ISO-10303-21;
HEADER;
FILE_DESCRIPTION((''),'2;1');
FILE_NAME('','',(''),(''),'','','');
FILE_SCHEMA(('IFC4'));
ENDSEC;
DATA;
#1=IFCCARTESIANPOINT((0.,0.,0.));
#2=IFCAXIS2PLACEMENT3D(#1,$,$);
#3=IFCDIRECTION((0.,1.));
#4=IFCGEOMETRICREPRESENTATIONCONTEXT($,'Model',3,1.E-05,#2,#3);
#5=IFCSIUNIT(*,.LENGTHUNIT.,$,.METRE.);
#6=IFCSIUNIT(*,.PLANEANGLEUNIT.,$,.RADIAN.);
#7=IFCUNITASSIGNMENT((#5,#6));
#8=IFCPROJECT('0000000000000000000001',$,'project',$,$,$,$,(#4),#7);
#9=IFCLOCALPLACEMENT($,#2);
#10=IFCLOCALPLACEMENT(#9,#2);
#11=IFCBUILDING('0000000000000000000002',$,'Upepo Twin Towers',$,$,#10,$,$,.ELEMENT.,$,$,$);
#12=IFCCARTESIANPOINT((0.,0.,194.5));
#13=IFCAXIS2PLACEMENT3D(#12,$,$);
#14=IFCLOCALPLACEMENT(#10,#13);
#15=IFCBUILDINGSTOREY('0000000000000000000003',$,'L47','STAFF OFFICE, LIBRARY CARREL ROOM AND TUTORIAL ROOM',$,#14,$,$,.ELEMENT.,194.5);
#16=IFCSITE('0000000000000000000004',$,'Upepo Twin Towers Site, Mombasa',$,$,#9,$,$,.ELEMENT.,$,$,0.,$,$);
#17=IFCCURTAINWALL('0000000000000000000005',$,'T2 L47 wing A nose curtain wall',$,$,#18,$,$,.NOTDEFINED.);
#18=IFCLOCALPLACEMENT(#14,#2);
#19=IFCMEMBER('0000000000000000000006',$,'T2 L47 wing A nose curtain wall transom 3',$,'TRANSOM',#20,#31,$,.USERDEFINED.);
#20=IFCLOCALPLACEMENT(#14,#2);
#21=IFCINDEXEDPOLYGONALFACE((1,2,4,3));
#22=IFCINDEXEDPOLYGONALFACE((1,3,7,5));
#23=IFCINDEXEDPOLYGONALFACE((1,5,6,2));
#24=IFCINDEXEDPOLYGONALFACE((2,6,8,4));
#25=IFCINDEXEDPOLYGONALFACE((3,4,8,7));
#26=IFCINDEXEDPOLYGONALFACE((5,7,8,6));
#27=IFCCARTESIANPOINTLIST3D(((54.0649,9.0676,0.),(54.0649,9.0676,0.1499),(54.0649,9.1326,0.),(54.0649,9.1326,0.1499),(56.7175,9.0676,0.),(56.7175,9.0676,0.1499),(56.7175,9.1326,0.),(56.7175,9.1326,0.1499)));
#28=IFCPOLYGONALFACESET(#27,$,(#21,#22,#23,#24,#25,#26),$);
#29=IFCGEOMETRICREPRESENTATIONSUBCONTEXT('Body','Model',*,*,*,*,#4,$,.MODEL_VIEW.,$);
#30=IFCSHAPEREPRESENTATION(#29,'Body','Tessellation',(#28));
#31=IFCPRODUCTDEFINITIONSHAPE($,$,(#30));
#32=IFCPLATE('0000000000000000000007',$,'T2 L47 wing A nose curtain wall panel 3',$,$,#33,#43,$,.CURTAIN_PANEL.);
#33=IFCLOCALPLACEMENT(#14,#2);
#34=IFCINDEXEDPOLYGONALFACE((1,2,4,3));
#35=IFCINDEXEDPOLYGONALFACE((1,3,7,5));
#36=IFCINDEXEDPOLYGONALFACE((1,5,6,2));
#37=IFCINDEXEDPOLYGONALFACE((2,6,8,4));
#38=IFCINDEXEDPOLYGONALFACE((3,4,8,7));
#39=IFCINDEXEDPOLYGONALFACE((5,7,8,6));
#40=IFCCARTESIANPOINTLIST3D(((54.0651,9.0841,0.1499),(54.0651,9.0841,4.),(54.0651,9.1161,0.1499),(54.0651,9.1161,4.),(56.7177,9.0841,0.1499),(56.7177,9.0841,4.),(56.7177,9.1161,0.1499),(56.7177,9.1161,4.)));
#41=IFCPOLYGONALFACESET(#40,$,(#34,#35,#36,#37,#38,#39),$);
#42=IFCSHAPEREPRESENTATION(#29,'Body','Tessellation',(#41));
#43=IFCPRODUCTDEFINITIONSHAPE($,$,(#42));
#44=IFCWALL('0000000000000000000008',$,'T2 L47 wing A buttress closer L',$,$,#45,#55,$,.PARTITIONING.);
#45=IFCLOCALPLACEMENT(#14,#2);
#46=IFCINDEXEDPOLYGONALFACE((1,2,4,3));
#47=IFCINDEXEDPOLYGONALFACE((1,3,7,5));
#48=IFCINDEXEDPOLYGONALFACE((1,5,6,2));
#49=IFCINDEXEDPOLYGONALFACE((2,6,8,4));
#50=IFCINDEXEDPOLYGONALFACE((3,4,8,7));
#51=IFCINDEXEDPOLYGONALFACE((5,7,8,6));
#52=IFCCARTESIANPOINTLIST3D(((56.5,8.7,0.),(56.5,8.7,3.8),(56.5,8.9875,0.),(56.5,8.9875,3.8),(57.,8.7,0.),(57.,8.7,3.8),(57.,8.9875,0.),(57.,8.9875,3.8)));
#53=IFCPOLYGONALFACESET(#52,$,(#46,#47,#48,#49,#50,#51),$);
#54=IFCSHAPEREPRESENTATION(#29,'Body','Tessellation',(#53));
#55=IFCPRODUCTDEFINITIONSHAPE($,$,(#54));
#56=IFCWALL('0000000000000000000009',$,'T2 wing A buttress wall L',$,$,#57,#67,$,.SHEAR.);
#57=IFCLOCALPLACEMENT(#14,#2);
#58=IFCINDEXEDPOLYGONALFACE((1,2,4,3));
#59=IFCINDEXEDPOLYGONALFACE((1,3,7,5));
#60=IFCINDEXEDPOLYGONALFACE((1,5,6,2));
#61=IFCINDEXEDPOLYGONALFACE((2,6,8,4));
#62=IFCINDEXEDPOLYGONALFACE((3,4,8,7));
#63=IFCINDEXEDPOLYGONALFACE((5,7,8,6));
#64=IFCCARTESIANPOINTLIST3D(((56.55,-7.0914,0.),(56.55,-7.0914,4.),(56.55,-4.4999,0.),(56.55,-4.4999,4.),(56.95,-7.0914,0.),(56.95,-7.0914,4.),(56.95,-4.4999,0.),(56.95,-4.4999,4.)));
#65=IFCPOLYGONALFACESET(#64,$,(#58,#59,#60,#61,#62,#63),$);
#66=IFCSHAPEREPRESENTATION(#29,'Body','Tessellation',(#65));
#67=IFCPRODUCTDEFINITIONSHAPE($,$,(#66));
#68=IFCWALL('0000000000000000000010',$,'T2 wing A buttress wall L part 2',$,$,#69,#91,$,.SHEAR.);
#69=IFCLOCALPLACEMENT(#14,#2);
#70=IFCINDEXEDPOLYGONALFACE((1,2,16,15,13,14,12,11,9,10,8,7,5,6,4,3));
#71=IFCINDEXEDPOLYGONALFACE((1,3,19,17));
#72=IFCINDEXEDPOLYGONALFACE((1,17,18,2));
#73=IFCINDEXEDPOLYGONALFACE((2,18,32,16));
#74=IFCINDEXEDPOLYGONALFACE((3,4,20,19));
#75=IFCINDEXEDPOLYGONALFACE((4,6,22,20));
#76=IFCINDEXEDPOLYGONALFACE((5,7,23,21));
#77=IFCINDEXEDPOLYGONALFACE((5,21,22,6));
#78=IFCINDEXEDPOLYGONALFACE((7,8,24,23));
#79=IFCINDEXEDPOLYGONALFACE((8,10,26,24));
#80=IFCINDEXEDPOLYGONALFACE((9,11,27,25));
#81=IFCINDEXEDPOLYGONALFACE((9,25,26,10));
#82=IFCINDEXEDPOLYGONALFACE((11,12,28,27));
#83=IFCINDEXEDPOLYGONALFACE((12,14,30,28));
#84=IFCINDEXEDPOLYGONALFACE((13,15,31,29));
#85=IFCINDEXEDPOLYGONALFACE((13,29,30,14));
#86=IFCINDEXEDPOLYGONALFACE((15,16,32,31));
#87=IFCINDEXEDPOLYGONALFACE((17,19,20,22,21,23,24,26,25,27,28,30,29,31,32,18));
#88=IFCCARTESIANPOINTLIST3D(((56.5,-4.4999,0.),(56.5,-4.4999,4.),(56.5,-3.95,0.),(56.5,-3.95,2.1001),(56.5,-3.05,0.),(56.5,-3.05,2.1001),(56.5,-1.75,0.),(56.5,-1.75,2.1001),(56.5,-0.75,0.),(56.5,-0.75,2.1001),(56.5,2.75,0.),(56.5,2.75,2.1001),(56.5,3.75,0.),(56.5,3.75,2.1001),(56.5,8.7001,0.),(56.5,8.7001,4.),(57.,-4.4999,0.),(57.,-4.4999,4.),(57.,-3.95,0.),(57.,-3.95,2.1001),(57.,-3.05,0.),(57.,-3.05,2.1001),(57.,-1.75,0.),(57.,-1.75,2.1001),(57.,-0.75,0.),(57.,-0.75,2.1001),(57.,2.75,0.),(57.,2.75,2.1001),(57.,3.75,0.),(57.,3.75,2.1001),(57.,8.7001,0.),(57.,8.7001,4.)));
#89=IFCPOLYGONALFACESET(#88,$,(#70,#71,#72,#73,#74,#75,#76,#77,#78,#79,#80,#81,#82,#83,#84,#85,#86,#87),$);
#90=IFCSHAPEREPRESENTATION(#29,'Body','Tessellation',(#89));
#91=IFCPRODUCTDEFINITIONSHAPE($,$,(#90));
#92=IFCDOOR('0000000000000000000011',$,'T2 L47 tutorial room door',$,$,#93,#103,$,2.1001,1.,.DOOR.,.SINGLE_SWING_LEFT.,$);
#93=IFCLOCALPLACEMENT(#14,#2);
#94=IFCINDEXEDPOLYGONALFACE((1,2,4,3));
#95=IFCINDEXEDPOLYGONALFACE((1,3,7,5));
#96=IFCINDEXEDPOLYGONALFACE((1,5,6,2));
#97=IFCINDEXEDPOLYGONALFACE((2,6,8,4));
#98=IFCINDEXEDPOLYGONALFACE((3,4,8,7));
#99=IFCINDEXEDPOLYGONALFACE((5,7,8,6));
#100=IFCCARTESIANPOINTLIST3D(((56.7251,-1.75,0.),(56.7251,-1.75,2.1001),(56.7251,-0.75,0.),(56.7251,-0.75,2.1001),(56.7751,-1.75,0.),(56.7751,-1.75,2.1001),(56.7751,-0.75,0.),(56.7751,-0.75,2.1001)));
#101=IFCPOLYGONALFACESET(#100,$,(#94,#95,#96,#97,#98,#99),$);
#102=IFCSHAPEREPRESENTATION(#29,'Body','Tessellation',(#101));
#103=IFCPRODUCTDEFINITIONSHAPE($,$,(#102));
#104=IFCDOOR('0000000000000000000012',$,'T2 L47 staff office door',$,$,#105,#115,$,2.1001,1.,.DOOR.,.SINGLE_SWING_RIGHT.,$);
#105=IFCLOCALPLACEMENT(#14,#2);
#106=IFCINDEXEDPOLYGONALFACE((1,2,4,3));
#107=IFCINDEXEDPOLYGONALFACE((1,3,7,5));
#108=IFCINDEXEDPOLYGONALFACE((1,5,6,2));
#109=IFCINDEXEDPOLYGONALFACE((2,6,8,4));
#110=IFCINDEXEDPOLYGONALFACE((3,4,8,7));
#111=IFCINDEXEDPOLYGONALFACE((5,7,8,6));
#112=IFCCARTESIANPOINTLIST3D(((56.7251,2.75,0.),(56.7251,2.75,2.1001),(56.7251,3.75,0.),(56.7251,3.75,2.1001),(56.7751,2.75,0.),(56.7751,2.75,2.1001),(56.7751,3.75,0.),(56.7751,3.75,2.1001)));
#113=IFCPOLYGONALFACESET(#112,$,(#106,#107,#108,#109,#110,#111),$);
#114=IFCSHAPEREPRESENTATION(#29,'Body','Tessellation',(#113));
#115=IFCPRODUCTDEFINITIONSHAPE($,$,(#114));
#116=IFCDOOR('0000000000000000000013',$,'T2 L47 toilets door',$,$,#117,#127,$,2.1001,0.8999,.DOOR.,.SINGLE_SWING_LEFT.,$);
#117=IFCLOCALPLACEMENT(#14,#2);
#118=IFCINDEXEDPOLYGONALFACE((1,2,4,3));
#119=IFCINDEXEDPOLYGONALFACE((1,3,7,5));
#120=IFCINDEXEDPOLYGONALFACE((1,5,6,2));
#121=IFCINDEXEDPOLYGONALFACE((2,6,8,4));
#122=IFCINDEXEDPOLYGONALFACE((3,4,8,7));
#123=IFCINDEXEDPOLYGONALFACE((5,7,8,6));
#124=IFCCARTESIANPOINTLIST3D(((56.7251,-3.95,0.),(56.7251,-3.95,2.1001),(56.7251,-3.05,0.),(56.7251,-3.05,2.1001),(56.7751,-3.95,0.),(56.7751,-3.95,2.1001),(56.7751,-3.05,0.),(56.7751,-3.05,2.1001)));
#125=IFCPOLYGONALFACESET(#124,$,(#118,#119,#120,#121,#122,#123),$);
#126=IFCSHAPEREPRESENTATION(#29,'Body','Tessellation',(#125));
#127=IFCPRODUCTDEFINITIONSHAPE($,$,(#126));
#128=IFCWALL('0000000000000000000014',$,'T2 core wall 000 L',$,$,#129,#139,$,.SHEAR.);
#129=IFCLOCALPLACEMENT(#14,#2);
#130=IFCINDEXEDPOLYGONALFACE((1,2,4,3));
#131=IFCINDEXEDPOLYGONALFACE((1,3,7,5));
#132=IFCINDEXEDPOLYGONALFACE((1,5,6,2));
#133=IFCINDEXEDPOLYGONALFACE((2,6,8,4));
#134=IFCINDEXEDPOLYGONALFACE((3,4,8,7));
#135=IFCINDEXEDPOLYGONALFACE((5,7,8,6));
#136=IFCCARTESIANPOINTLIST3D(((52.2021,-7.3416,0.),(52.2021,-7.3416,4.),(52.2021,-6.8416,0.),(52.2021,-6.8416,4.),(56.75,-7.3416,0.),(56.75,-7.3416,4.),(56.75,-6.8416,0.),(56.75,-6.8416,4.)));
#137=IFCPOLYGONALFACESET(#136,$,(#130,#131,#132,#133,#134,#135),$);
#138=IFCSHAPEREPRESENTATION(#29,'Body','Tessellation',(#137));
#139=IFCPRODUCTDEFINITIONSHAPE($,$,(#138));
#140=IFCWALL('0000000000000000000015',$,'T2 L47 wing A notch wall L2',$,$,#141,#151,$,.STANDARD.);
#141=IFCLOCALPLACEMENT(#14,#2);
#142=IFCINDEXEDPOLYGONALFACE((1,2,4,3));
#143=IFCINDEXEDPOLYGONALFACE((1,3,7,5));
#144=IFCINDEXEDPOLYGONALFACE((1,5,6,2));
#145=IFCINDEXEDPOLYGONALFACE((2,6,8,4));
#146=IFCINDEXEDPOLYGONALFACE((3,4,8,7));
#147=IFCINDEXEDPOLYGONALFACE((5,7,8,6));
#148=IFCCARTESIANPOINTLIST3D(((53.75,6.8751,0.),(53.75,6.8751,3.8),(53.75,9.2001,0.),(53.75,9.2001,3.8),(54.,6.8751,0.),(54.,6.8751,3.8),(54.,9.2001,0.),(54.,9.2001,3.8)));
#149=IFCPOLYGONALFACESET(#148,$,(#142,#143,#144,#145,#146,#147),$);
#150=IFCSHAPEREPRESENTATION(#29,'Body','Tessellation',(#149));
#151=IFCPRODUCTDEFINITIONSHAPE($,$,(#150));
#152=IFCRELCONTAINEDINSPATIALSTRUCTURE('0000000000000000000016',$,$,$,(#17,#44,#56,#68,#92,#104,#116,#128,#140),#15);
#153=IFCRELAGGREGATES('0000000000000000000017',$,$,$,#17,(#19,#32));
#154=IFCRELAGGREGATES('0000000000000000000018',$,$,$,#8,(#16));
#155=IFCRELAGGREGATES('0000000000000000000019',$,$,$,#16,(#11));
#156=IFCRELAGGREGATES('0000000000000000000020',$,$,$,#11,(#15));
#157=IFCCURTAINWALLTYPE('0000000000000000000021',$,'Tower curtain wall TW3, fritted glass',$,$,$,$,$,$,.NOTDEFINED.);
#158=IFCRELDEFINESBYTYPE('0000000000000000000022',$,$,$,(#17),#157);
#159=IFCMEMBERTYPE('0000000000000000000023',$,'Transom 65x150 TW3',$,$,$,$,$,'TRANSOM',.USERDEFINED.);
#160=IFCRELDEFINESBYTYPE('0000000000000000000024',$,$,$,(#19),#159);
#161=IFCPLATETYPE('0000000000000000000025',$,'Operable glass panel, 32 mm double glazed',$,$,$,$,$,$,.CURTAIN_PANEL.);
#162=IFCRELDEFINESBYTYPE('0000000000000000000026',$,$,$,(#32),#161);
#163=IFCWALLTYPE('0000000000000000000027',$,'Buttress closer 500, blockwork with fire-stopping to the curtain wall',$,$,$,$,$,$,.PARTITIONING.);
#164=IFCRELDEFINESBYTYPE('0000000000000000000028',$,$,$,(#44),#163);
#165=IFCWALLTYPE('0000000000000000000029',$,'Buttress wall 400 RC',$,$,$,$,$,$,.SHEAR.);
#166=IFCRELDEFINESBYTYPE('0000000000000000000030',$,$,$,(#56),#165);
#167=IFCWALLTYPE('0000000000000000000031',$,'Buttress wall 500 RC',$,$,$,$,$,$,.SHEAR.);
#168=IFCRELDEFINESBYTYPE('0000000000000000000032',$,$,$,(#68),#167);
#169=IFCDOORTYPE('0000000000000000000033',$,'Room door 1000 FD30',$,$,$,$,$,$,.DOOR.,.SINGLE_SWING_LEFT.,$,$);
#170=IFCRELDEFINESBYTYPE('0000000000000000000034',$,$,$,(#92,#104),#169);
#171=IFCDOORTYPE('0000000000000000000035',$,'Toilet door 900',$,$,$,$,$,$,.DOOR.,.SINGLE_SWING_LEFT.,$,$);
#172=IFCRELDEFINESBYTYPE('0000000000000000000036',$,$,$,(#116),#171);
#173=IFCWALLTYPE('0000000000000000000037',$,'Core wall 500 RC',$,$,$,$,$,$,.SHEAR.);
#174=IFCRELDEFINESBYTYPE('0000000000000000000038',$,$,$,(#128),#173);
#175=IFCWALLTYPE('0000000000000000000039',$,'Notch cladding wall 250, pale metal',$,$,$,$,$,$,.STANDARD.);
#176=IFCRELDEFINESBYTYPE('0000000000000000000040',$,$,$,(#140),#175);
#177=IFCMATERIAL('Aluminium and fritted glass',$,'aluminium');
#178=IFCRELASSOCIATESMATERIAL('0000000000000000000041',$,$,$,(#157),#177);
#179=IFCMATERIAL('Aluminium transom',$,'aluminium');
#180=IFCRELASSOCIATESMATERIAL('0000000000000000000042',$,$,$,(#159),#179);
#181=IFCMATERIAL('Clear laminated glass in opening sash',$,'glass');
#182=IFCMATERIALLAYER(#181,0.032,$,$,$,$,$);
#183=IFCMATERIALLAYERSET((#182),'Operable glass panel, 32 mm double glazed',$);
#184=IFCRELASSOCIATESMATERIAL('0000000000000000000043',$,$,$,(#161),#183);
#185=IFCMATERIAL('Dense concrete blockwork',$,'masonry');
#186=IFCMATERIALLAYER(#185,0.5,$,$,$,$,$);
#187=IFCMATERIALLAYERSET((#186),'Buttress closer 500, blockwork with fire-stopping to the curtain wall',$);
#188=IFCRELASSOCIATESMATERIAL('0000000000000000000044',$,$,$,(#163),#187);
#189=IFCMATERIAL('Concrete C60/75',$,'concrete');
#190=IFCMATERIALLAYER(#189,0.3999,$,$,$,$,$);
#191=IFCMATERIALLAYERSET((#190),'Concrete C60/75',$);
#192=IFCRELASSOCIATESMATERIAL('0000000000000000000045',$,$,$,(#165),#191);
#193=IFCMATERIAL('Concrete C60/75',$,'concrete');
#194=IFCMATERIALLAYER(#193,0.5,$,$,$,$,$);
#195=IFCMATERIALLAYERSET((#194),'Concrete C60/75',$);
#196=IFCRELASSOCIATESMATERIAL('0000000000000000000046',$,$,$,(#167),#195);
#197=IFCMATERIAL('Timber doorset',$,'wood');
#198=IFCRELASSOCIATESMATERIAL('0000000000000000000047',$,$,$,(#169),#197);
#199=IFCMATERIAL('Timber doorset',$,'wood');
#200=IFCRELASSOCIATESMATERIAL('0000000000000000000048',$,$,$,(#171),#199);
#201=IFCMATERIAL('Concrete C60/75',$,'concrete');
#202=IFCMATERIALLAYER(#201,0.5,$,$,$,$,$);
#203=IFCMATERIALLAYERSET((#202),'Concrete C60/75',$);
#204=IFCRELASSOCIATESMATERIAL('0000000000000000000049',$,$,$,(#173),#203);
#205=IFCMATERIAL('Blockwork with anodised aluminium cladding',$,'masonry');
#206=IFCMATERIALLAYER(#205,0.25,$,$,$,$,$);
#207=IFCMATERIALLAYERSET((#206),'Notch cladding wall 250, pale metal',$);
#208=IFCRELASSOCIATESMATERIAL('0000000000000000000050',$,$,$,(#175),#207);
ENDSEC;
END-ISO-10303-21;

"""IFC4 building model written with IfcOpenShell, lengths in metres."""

from ifc_helpers import new_model, si_unit, direction, frame, frame_2d, origin, origin_2d, place, context, subcontext, project, spatial, rectangle, extrude, material, layer, layer_set, material_profile, profile_set, type_object, element, fill, aggregate, save


model = new_model("IFC4")

# Units and contexts
model_context = context("Model", 3, precision=1e-05, world=origin(), true_north=direction((0.0, 1.0)))
body_context = subcontext(model_context, "Body", "Model", "MODEL_VIEW")
ifc_project = project(units=[si_unit("LENGTHUNIT", "METRE"), si_unit("PLANEANGLEUNIT", "RADIAN")], contexts=[model_context])

# Site, building, storey
site_placement = place(None, origin())
site = spatial("IfcSite", under=ifc_project, at=site_placement, Name="Upepo Twin Towers Site, Mombasa", CompositionType="ELEMENT", RefElevation=0.0)
building_placement = place(site_placement, origin())
building = spatial("IfcBuilding", under=site, at=building_placement, Name="Upepo Twin Towers", CompositionType="ELEMENT")
storey_placement = place(building_placement, frame((0.0, 0.0, 194.5)))
storey = spatial("IfcBuildingStorey", under=building, at=storey_placement, Name="L47", Description="STAFF OFFICE, LIBRARY CARREL ROOM AND TUTORIAL ROOM", CompositionType="ELEMENT", Elevation=194.5)

# Curtain wall, member, plate
ifc_material_1 = material(Name="Aluminium and fritted glass", Category="aluminium")
curtain_wall_type = type_object("IfcCurtainWallType", Name="Tower curtain wall TW3, fritted glass", PredefinedType="NOTDEFINED", material=ifc_material_1)
curtain_wall_placement = place(storey_placement, origin())
curtain_wall = element("IfcCurtainWall", 1, at=curtain_wall_placement, inside=storey, type_object=curtain_wall_type, Name="T2 L47 wing A nose curtain wall", PredefinedType="NOTDEFINED")
ifc_material_2 = material(Name="Aluminium transom", Category="aluminium")
ifc_material_profile_1 = material_profile(ifc_material_2, rectangle(XDim=0.0649, YDim=0.1499, at=origin_2d()), Name="TRANSOM 65x150")
ifc_profile_set_1 = profile_set([ifc_material_profile_1], Name="Aluminium transom")
member_type_1 = type_object("IfcMemberType", Name="Transom 65x150 TW3", ElementType="TRANSOM", PredefinedType="USERDEFINED", material=ifc_profile_set_1)
member_1_placement = place(storey_placement, frame((56.7175, 9.1001, 0.075), z_axis=(-1.0, 0.0, 0.0), x_axis=(0.0, -1.0, 0.0)))
member_1 = element("IfcMember", 2, at=member_1_placement, type_object=member_type_1, Name="T2 L47 wing A nose curtain wall transom 3", ObjectType="TRANSOM", PredefinedType="USERDEFINED", context=body_context, shape_type="SweptSolid", body=[
    extrude(rectangle(XDim=0.0649, YDim=0.1499, at=origin_2d()), origin(), (0.0, 0.0, 1.0), 2.6526),
])
ifc_material_3 = material(Name="Clear laminated glass in opening sash", Category="glass")
ifc_layer_1 = layer(ifc_material_3, 0.032)
ifc_layer_set_1 = layer_set([ifc_layer_1], Name="Operable glass panel, 32 mm double glazed")
plate_type = type_object("IfcPlateType", Name="Operable glass panel, 32 mm double glazed", PredefinedType="CURTAIN_PANEL", material=ifc_layer_set_1)
plate_placement = place(storey_placement, frame((55.3914, 9.1001, 0.1499), z_axis=(0.0, 0.0, 1.0), x_axis=(-1.0, 0.0, 0.0)))
plate = element("IfcPlate", 3, at=plate_placement, type_object=plate_type, Name="T2 L47 wing A nose curtain wall panel 3", PredefinedType="CURTAIN_PANEL", context=body_context, shape_type="SweptSolid", body=[
    extrude(rectangle(XDim=2.6526, YDim=0.032, at=origin_2d()), origin(), (0.0, 0.0, 1.0), 3.8501),
])
aggregate(curtain_wall, [member_1, plate])

# Walls
ifc_material_4 = material(Name="Dense concrete blockwork", Category="masonry")
ifc_layer_2 = layer(ifc_material_4, 0.5)
ifc_layer_set_2 = layer_set([ifc_layer_2], Name="Buttress closer 500, blockwork with fire-stopping to the curtain wall")
wall_type_1 = type_object("IfcWallType", Name="Buttress closer 500, blockwork with fire-stopping to the curtain wall", PredefinedType="PARTITIONING", material=ifc_layer_set_2)
wall_1_placement = place(storey_placement, frame((56.75, 8.7, 0.0), z_axis=(0.0, 0.0, 1.0), x_axis=(0.0, 1.0, 0.0)))
element("IfcWall", 4, at=wall_1_placement, inside=storey, type_object=wall_type_1, Name="T2 L47 wing A buttress closer L", PredefinedType="PARTITIONING", context=body_context, shape_type="SweptSolid", body=[
    extrude(rectangle(XDim=0.2876, YDim=0.5, at=frame_2d((0.1438, 0.0))), origin(), (0.0, 0.0, 1.0), 3.8),
])
ifc_material_5 = material(Name="Concrete C60/75", Category="concrete")
ifc_layer_3 = layer(ifc_material_5, 0.3999)
ifc_layer_set_3 = layer_set([ifc_layer_3], Name="Concrete C60/75")
wall_type_2 = type_object("IfcWallType", Name="Buttress wall 400 RC", PredefinedType="SHEAR", material=ifc_layer_set_3)
wall_2_placement = place(storey_placement, frame((56.75, -7.0916, 0.0), z_axis=(0.0, 0.0, 1.0), x_axis=(0.0, 1.0, 0.0)))
element("IfcWall", 5, at=wall_2_placement, inside=storey, type_object=wall_type_2, Name="T2 wing A buttress wall L", PredefinedType="SHEAR", context=body_context, shape_type="SweptSolid", body=[
    extrude(rectangle(XDim=2.5916, YDim=0.3999, at=frame_2d((1.2959, 0.0))), origin(), (0.0, 0.0, 1.0), 4.0),
])

# Wall, openings, doors
ifc_material_6 = material(Name="Concrete C60/75", Category="concrete")
ifc_layer_4 = layer(ifc_material_6, 0.5)
ifc_layer_set_4 = layer_set([ifc_layer_4], Name="Concrete C60/75")
wall_type_3 = type_object("IfcWallType", Name="Buttress wall 500 RC", PredefinedType="SHEAR", material=ifc_layer_set_4)
wall_3_placement = place(storey_placement, frame((56.75, -4.5, 0.0), z_axis=(0.0, 0.0, 1.0), x_axis=(0.0, 1.0, 0.0)))
wall_3 = element("IfcWall", 6, at=wall_3_placement, inside=storey, type_object=wall_type_3, Name="T2 wing A buttress wall L part 2", PredefinedType="SHEAR", context=body_context, shape_type="SweptSolid", body=[
    extrude(rectangle(XDim=13.2, YDim=0.5, at=frame_2d((6.6001, 0.0))), origin(), (0.0, 0.0, 1.0), 4.0),
])
opening_1_placement = place(wall_3_placement, frame((0.55, 0.0, 0.0)))
opening_1 = element("IfcOpeningElement", 7, at=opening_1_placement, cuts=wall_3, PredefinedType="OPENING", context=body_context, shape_type="SweptSolid", body=[
    extrude(rectangle(XDim=0.8999, YDim=2.1001, at=frame_2d((0.45, 1.05))), frame((0.0, 0.26, 0.0), z_axis=(0.0, -1.0, 0.0), x_axis=(1.0, 0.0, 0.0)), (0.0, 0.0, 1.0), 0.52),
])
opening_2_placement = place(wall_3_placement, frame((2.75, 0.0, 0.0)))
opening_2 = element("IfcOpeningElement", 8, at=opening_2_placement, cuts=wall_3, PredefinedType="OPENING", context=body_context, shape_type="SweptSolid", body=[
    extrude(rectangle(XDim=1.0, YDim=2.1001, at=frame_2d((0.5, 1.05))), frame((0.0, 0.26, 0.0), z_axis=(0.0, -1.0, 0.0), x_axis=(1.0, 0.0, 0.0)), (0.0, 0.0, 1.0), 0.52),
])
opening_3_placement = place(wall_3_placement, frame((7.25, 0.0, 0.0)))
opening_3 = element("IfcOpeningElement", 9, at=opening_3_placement, cuts=wall_3, PredefinedType="OPENING", context=body_context, shape_type="SweptSolid", body=[
    extrude(rectangle(XDim=1.0, YDim=2.1001, at=frame_2d((0.5, 1.05))), frame((0.0, 0.26, 0.0), z_axis=(0.0, -1.0, 0.0), x_axis=(1.0, 0.0, 0.0)), (0.0, 0.0, 1.0), 0.52),
])
ifc_material_7 = material(Name="Timber doorset", Category="wood")
door_type_1 = type_object("IfcDoorType", Name="Room door 1000 FD30", OperationType="SINGLE_SWING_LEFT", PredefinedType="DOOR", material=ifc_material_7)
door_1_placement = place(opening_2_placement, origin())
door_1 = element("IfcDoor", 10, at=door_1_placement, inside=storey, type_object=door_type_1, Name="T2 L47 tutorial room door", OperationType="SINGLE_SWING_LEFT", OverallHeight=2.1001, OverallWidth=1.0, PredefinedType="DOOR", context=body_context, shape_type="SweptSolid", body=[
    extrude(rectangle(XDim=1.0, YDim=2.1001, at=frame_2d((0.5, 1.05))), frame((0.0, 0.0249, 0.0), z_axis=(0.0, -1.0, 0.0), x_axis=(1.0, 0.0, 0.0)), (0.0, 0.0, 1.0), 0.05),
])
fill(opening_2, door_1)
door_2_placement = place(opening_3_placement, origin())
door_2 = element("IfcDoor", 11, at=door_2_placement, inside=storey, type_object=door_type_1, Name="T2 L47 staff office door", OperationType="SINGLE_SWING_RIGHT", OverallHeight=2.1001, OverallWidth=1.0, PredefinedType="DOOR", context=body_context, shape_type="SweptSolid", body=[
    extrude(rectangle(XDim=1.0, YDim=2.1001, at=frame_2d((0.5, 1.05))), frame((0.0, 0.0249, 0.0), z_axis=(0.0, -1.0, 0.0), x_axis=(1.0, 0.0, 0.0)), (0.0, 0.0, 1.0), 0.05),
])
fill(opening_3, door_2)
ifc_material_8 = material(Name="Timber doorset", Category="wood")
door_type_2 = type_object("IfcDoorType", Name="Toilet door 900", OperationType="SINGLE_SWING_LEFT", PredefinedType="DOOR", material=ifc_material_8)
door_3_placement = place(opening_1_placement, origin())
door_3 = element("IfcDoor", 12, at=door_3_placement, inside=storey, type_object=door_type_2, Name="T2 L47 toilets door", OperationType="SINGLE_SWING_LEFT", OverallHeight=2.1001, OverallWidth=0.8999, PredefinedType="DOOR", context=body_context, shape_type="SweptSolid", body=[
    extrude(rectangle(XDim=0.8999, YDim=2.1001, at=frame_2d((0.45, 1.05))), frame((0.0, 0.0249, 0.0), z_axis=(0.0, -1.0, 0.0), x_axis=(1.0, 0.0, 0.0)), (0.0, 0.0, 1.0), 0.05),
])
fill(opening_1, door_3)

# Walls
ifc_material_9 = material(Name="Concrete C60/75", Category="concrete")
ifc_layer_5 = layer(ifc_material_9, 0.5)
ifc_layer_set_5 = layer_set([ifc_layer_5], Name="Concrete C60/75")
wall_type_4 = type_object("IfcWallType", Name="Core wall 500 RC", PredefinedType="SHEAR", material=ifc_layer_set_5)
wall_4_placement = place(storey_placement, frame((56.75, -7.0916, 0.0), z_axis=(0.0, 0.0, 1.0), x_axis=(-1.0, 0.0, 0.0)))
element("IfcWall", 13, at=wall_4_placement, inside=storey, type_object=wall_type_4, Name="T2 core wall 000 L", PredefinedType="SHEAR", context=body_context, shape_type="SweptSolid", body=[
    extrude(rectangle(XDim=4.5479, YDim=0.5, at=frame_2d((2.2739, 0.0))), origin(), (0.0, 0.0, 1.0), 4.0),
])
ifc_material_10 = material(Name="Blockwork with anodised aluminium cladding", Category="masonry")
ifc_layer_6 = layer(ifc_material_10, 0.25)
ifc_layer_set_6 = layer_set([ifc_layer_6], Name="Notch cladding wall 250, pale metal")
wall_type_5 = type_object("IfcWallType", Name="Notch cladding wall 250, pale metal", PredefinedType="STANDARD", material=ifc_layer_set_6)
wall_5_placement = place(storey_placement, frame((53.875, 6.875, 0.0), z_axis=(0.0, 0.0, 1.0), x_axis=(0.0, 1.0, 0.0)))
element("IfcWall", 14, at=wall_5_placement, inside=storey, type_object=wall_type_5, Name="T2 L47 wing A notch wall L2", PredefinedType="STANDARD", context=body_context, shape_type="SweptSolid", body=[
    extrude(rectangle(XDim=2.325, YDim=0.25, at=frame_2d((1.1626, 0.0))), origin(), (0.0, 0.0, 1.0), 3.8),
])

save(model, "model.ifc")
